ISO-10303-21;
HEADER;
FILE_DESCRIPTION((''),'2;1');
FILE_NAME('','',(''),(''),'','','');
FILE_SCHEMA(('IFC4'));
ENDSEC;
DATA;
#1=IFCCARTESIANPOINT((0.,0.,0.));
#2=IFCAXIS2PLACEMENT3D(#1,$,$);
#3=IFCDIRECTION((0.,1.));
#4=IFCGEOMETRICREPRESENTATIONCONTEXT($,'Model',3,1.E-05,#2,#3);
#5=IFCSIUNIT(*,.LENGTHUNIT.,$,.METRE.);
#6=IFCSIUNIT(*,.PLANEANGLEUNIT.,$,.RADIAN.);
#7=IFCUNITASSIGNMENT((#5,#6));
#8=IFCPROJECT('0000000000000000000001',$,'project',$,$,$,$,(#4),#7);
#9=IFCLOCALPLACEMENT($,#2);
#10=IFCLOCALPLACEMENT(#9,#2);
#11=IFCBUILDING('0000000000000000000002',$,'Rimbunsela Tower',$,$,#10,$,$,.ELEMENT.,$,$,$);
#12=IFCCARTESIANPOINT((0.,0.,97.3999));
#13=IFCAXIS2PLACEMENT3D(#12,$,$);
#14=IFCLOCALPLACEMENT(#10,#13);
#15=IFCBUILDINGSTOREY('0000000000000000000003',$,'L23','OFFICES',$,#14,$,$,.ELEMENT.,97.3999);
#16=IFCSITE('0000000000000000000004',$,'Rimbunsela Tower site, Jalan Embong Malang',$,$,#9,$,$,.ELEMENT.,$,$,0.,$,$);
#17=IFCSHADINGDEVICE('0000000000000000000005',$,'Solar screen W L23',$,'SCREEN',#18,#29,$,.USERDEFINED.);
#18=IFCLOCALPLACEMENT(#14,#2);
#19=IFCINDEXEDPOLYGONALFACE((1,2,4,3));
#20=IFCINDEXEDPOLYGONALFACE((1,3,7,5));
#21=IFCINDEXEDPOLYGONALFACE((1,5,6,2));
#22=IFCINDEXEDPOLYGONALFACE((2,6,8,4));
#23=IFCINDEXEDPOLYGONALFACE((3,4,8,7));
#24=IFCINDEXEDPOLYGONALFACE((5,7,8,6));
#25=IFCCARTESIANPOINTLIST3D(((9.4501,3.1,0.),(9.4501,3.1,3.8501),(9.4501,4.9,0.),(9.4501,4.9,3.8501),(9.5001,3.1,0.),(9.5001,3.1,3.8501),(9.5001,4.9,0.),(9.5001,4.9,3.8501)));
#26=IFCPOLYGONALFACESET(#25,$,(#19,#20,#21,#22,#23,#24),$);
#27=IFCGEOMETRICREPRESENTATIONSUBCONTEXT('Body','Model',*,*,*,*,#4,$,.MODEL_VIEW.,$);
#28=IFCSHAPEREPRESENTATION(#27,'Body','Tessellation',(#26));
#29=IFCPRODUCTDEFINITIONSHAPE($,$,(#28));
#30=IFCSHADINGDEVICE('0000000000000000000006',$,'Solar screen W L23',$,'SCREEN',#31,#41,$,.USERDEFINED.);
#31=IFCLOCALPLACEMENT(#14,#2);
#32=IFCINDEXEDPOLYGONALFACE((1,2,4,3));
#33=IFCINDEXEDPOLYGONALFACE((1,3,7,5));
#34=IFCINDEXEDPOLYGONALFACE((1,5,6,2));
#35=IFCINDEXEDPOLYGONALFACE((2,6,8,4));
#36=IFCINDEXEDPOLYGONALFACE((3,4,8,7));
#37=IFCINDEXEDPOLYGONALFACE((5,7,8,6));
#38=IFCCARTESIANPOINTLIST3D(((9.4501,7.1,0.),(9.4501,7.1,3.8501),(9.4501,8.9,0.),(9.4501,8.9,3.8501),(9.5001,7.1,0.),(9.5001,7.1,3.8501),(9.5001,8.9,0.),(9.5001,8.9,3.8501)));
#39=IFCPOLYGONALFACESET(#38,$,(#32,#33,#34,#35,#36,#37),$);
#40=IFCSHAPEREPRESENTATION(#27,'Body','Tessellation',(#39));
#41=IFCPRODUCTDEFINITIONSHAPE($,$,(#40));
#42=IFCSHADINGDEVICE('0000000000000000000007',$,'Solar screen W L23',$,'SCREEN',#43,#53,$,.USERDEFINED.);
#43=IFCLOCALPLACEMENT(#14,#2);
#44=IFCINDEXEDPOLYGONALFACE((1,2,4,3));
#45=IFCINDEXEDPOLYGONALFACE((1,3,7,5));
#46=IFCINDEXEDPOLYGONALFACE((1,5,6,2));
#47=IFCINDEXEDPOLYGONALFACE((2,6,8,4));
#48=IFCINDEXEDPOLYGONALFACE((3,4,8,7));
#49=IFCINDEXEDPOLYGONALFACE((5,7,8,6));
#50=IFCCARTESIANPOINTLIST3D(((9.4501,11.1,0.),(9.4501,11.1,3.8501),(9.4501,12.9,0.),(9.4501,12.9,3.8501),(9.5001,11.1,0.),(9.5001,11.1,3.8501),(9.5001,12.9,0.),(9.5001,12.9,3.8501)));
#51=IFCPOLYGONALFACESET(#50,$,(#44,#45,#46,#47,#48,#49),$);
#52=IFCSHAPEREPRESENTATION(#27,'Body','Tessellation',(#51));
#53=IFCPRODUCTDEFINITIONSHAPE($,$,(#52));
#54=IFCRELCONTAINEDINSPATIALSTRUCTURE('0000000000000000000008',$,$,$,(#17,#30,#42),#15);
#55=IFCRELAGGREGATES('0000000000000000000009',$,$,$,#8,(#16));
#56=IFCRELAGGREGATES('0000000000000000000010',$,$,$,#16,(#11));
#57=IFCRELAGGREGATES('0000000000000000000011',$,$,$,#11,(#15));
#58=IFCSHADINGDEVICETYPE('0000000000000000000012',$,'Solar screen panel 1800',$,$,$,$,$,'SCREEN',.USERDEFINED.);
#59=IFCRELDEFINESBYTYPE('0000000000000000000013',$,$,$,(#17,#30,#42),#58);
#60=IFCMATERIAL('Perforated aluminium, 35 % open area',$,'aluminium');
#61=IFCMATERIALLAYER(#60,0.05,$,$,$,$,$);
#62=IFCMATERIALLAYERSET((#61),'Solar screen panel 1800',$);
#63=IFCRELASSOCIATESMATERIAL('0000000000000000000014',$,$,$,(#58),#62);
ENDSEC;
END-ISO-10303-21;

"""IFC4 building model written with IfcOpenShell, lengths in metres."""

from ifc_helpers import new_model, si_unit, direction, frame, origin, origin_2d, place, context, subcontext, project, spatial, rectangle, extrude, material, layer, layer_set, type_object, element, save


model = new_model("IFC4")

# Units and contexts
model_context = context("Model", 3, precision=1e-05, world=origin(), true_north=direction((0.0, 1.0)))
body_context = subcontext(model_context, "Body", "Model", "MODEL_VIEW")
ifc_project = project(units=[si_unit("LENGTHUNIT", "METRE"), si_unit("PLANEANGLEUNIT", "RADIAN")], contexts=[model_context])

# Site, building, storey
site_placement = place(None, origin())
site = spatial("IfcSite", under=ifc_project, at=site_placement, Name="Rimbunsela Tower site, Jalan Embong Malang", CompositionType="ELEMENT", RefElevation=0.0)
building_placement = place(site_placement, origin())
building = spatial("IfcBuilding", under=site, at=building_placement, Name="Rimbunsela Tower", CompositionType="ELEMENT")
storey_placement = place(building_placement, frame((0.0, 0.0, 97.3999)))
storey = spatial("IfcBuildingStorey", under=building, at=storey_placement, Name="L23", Description="OFFICES", CompositionType="ELEMENT", Elevation=97.3999)

# Shading devices
ifc_material_1 = material(Name="Perforated aluminium, 35 % open area", Category="aluminium")
ifc_layer_1 = layer(ifc_material_1, 0.05)
ifc_layer_set_1 = layer_set([ifc_layer_1], Name="Solar screen panel 1800")
shading_device_type = type_object("IfcShadingDeviceType", Name="Solar screen panel 1800", ElementType="SCREEN", PredefinedType="USERDEFINED", material=ifc_layer_set_1)
for number, where, z_axis, x_axis, name in (
    (1, (9.4751, 4.0, 0.0), (0.0, 0.0, 1.0), (0.0, 1.0, 0.0), "Solar screen W L23"),
    (2, (9.4751, 8.0, 0.0), (0.0, 0.0, 1.0), (0.0, 1.0, 0.0), "Solar screen W L23"),
    (3, (9.4751, 12.0, 0.0), (0.0, 0.0, 1.0), (0.0, 1.0, 0.0), "Solar screen W L23"),
):
    element("IfcShadingDevice", number, at=place(storey_placement, frame(where, z_axis=z_axis, x_axis=x_axis)), inside=storey, type_object=shading_device_type, Name=name, ObjectType="SCREEN", PredefinedType="USERDEFINED", context=body_context, shape_type="SweptSolid", body=[
        extrude(rectangle(XDim=1.8, YDim=0.05, at=origin_2d()), origin(), (0.0, 0.0, 1.0), 3.8501),
    ])

save(model, "model.ifc")
